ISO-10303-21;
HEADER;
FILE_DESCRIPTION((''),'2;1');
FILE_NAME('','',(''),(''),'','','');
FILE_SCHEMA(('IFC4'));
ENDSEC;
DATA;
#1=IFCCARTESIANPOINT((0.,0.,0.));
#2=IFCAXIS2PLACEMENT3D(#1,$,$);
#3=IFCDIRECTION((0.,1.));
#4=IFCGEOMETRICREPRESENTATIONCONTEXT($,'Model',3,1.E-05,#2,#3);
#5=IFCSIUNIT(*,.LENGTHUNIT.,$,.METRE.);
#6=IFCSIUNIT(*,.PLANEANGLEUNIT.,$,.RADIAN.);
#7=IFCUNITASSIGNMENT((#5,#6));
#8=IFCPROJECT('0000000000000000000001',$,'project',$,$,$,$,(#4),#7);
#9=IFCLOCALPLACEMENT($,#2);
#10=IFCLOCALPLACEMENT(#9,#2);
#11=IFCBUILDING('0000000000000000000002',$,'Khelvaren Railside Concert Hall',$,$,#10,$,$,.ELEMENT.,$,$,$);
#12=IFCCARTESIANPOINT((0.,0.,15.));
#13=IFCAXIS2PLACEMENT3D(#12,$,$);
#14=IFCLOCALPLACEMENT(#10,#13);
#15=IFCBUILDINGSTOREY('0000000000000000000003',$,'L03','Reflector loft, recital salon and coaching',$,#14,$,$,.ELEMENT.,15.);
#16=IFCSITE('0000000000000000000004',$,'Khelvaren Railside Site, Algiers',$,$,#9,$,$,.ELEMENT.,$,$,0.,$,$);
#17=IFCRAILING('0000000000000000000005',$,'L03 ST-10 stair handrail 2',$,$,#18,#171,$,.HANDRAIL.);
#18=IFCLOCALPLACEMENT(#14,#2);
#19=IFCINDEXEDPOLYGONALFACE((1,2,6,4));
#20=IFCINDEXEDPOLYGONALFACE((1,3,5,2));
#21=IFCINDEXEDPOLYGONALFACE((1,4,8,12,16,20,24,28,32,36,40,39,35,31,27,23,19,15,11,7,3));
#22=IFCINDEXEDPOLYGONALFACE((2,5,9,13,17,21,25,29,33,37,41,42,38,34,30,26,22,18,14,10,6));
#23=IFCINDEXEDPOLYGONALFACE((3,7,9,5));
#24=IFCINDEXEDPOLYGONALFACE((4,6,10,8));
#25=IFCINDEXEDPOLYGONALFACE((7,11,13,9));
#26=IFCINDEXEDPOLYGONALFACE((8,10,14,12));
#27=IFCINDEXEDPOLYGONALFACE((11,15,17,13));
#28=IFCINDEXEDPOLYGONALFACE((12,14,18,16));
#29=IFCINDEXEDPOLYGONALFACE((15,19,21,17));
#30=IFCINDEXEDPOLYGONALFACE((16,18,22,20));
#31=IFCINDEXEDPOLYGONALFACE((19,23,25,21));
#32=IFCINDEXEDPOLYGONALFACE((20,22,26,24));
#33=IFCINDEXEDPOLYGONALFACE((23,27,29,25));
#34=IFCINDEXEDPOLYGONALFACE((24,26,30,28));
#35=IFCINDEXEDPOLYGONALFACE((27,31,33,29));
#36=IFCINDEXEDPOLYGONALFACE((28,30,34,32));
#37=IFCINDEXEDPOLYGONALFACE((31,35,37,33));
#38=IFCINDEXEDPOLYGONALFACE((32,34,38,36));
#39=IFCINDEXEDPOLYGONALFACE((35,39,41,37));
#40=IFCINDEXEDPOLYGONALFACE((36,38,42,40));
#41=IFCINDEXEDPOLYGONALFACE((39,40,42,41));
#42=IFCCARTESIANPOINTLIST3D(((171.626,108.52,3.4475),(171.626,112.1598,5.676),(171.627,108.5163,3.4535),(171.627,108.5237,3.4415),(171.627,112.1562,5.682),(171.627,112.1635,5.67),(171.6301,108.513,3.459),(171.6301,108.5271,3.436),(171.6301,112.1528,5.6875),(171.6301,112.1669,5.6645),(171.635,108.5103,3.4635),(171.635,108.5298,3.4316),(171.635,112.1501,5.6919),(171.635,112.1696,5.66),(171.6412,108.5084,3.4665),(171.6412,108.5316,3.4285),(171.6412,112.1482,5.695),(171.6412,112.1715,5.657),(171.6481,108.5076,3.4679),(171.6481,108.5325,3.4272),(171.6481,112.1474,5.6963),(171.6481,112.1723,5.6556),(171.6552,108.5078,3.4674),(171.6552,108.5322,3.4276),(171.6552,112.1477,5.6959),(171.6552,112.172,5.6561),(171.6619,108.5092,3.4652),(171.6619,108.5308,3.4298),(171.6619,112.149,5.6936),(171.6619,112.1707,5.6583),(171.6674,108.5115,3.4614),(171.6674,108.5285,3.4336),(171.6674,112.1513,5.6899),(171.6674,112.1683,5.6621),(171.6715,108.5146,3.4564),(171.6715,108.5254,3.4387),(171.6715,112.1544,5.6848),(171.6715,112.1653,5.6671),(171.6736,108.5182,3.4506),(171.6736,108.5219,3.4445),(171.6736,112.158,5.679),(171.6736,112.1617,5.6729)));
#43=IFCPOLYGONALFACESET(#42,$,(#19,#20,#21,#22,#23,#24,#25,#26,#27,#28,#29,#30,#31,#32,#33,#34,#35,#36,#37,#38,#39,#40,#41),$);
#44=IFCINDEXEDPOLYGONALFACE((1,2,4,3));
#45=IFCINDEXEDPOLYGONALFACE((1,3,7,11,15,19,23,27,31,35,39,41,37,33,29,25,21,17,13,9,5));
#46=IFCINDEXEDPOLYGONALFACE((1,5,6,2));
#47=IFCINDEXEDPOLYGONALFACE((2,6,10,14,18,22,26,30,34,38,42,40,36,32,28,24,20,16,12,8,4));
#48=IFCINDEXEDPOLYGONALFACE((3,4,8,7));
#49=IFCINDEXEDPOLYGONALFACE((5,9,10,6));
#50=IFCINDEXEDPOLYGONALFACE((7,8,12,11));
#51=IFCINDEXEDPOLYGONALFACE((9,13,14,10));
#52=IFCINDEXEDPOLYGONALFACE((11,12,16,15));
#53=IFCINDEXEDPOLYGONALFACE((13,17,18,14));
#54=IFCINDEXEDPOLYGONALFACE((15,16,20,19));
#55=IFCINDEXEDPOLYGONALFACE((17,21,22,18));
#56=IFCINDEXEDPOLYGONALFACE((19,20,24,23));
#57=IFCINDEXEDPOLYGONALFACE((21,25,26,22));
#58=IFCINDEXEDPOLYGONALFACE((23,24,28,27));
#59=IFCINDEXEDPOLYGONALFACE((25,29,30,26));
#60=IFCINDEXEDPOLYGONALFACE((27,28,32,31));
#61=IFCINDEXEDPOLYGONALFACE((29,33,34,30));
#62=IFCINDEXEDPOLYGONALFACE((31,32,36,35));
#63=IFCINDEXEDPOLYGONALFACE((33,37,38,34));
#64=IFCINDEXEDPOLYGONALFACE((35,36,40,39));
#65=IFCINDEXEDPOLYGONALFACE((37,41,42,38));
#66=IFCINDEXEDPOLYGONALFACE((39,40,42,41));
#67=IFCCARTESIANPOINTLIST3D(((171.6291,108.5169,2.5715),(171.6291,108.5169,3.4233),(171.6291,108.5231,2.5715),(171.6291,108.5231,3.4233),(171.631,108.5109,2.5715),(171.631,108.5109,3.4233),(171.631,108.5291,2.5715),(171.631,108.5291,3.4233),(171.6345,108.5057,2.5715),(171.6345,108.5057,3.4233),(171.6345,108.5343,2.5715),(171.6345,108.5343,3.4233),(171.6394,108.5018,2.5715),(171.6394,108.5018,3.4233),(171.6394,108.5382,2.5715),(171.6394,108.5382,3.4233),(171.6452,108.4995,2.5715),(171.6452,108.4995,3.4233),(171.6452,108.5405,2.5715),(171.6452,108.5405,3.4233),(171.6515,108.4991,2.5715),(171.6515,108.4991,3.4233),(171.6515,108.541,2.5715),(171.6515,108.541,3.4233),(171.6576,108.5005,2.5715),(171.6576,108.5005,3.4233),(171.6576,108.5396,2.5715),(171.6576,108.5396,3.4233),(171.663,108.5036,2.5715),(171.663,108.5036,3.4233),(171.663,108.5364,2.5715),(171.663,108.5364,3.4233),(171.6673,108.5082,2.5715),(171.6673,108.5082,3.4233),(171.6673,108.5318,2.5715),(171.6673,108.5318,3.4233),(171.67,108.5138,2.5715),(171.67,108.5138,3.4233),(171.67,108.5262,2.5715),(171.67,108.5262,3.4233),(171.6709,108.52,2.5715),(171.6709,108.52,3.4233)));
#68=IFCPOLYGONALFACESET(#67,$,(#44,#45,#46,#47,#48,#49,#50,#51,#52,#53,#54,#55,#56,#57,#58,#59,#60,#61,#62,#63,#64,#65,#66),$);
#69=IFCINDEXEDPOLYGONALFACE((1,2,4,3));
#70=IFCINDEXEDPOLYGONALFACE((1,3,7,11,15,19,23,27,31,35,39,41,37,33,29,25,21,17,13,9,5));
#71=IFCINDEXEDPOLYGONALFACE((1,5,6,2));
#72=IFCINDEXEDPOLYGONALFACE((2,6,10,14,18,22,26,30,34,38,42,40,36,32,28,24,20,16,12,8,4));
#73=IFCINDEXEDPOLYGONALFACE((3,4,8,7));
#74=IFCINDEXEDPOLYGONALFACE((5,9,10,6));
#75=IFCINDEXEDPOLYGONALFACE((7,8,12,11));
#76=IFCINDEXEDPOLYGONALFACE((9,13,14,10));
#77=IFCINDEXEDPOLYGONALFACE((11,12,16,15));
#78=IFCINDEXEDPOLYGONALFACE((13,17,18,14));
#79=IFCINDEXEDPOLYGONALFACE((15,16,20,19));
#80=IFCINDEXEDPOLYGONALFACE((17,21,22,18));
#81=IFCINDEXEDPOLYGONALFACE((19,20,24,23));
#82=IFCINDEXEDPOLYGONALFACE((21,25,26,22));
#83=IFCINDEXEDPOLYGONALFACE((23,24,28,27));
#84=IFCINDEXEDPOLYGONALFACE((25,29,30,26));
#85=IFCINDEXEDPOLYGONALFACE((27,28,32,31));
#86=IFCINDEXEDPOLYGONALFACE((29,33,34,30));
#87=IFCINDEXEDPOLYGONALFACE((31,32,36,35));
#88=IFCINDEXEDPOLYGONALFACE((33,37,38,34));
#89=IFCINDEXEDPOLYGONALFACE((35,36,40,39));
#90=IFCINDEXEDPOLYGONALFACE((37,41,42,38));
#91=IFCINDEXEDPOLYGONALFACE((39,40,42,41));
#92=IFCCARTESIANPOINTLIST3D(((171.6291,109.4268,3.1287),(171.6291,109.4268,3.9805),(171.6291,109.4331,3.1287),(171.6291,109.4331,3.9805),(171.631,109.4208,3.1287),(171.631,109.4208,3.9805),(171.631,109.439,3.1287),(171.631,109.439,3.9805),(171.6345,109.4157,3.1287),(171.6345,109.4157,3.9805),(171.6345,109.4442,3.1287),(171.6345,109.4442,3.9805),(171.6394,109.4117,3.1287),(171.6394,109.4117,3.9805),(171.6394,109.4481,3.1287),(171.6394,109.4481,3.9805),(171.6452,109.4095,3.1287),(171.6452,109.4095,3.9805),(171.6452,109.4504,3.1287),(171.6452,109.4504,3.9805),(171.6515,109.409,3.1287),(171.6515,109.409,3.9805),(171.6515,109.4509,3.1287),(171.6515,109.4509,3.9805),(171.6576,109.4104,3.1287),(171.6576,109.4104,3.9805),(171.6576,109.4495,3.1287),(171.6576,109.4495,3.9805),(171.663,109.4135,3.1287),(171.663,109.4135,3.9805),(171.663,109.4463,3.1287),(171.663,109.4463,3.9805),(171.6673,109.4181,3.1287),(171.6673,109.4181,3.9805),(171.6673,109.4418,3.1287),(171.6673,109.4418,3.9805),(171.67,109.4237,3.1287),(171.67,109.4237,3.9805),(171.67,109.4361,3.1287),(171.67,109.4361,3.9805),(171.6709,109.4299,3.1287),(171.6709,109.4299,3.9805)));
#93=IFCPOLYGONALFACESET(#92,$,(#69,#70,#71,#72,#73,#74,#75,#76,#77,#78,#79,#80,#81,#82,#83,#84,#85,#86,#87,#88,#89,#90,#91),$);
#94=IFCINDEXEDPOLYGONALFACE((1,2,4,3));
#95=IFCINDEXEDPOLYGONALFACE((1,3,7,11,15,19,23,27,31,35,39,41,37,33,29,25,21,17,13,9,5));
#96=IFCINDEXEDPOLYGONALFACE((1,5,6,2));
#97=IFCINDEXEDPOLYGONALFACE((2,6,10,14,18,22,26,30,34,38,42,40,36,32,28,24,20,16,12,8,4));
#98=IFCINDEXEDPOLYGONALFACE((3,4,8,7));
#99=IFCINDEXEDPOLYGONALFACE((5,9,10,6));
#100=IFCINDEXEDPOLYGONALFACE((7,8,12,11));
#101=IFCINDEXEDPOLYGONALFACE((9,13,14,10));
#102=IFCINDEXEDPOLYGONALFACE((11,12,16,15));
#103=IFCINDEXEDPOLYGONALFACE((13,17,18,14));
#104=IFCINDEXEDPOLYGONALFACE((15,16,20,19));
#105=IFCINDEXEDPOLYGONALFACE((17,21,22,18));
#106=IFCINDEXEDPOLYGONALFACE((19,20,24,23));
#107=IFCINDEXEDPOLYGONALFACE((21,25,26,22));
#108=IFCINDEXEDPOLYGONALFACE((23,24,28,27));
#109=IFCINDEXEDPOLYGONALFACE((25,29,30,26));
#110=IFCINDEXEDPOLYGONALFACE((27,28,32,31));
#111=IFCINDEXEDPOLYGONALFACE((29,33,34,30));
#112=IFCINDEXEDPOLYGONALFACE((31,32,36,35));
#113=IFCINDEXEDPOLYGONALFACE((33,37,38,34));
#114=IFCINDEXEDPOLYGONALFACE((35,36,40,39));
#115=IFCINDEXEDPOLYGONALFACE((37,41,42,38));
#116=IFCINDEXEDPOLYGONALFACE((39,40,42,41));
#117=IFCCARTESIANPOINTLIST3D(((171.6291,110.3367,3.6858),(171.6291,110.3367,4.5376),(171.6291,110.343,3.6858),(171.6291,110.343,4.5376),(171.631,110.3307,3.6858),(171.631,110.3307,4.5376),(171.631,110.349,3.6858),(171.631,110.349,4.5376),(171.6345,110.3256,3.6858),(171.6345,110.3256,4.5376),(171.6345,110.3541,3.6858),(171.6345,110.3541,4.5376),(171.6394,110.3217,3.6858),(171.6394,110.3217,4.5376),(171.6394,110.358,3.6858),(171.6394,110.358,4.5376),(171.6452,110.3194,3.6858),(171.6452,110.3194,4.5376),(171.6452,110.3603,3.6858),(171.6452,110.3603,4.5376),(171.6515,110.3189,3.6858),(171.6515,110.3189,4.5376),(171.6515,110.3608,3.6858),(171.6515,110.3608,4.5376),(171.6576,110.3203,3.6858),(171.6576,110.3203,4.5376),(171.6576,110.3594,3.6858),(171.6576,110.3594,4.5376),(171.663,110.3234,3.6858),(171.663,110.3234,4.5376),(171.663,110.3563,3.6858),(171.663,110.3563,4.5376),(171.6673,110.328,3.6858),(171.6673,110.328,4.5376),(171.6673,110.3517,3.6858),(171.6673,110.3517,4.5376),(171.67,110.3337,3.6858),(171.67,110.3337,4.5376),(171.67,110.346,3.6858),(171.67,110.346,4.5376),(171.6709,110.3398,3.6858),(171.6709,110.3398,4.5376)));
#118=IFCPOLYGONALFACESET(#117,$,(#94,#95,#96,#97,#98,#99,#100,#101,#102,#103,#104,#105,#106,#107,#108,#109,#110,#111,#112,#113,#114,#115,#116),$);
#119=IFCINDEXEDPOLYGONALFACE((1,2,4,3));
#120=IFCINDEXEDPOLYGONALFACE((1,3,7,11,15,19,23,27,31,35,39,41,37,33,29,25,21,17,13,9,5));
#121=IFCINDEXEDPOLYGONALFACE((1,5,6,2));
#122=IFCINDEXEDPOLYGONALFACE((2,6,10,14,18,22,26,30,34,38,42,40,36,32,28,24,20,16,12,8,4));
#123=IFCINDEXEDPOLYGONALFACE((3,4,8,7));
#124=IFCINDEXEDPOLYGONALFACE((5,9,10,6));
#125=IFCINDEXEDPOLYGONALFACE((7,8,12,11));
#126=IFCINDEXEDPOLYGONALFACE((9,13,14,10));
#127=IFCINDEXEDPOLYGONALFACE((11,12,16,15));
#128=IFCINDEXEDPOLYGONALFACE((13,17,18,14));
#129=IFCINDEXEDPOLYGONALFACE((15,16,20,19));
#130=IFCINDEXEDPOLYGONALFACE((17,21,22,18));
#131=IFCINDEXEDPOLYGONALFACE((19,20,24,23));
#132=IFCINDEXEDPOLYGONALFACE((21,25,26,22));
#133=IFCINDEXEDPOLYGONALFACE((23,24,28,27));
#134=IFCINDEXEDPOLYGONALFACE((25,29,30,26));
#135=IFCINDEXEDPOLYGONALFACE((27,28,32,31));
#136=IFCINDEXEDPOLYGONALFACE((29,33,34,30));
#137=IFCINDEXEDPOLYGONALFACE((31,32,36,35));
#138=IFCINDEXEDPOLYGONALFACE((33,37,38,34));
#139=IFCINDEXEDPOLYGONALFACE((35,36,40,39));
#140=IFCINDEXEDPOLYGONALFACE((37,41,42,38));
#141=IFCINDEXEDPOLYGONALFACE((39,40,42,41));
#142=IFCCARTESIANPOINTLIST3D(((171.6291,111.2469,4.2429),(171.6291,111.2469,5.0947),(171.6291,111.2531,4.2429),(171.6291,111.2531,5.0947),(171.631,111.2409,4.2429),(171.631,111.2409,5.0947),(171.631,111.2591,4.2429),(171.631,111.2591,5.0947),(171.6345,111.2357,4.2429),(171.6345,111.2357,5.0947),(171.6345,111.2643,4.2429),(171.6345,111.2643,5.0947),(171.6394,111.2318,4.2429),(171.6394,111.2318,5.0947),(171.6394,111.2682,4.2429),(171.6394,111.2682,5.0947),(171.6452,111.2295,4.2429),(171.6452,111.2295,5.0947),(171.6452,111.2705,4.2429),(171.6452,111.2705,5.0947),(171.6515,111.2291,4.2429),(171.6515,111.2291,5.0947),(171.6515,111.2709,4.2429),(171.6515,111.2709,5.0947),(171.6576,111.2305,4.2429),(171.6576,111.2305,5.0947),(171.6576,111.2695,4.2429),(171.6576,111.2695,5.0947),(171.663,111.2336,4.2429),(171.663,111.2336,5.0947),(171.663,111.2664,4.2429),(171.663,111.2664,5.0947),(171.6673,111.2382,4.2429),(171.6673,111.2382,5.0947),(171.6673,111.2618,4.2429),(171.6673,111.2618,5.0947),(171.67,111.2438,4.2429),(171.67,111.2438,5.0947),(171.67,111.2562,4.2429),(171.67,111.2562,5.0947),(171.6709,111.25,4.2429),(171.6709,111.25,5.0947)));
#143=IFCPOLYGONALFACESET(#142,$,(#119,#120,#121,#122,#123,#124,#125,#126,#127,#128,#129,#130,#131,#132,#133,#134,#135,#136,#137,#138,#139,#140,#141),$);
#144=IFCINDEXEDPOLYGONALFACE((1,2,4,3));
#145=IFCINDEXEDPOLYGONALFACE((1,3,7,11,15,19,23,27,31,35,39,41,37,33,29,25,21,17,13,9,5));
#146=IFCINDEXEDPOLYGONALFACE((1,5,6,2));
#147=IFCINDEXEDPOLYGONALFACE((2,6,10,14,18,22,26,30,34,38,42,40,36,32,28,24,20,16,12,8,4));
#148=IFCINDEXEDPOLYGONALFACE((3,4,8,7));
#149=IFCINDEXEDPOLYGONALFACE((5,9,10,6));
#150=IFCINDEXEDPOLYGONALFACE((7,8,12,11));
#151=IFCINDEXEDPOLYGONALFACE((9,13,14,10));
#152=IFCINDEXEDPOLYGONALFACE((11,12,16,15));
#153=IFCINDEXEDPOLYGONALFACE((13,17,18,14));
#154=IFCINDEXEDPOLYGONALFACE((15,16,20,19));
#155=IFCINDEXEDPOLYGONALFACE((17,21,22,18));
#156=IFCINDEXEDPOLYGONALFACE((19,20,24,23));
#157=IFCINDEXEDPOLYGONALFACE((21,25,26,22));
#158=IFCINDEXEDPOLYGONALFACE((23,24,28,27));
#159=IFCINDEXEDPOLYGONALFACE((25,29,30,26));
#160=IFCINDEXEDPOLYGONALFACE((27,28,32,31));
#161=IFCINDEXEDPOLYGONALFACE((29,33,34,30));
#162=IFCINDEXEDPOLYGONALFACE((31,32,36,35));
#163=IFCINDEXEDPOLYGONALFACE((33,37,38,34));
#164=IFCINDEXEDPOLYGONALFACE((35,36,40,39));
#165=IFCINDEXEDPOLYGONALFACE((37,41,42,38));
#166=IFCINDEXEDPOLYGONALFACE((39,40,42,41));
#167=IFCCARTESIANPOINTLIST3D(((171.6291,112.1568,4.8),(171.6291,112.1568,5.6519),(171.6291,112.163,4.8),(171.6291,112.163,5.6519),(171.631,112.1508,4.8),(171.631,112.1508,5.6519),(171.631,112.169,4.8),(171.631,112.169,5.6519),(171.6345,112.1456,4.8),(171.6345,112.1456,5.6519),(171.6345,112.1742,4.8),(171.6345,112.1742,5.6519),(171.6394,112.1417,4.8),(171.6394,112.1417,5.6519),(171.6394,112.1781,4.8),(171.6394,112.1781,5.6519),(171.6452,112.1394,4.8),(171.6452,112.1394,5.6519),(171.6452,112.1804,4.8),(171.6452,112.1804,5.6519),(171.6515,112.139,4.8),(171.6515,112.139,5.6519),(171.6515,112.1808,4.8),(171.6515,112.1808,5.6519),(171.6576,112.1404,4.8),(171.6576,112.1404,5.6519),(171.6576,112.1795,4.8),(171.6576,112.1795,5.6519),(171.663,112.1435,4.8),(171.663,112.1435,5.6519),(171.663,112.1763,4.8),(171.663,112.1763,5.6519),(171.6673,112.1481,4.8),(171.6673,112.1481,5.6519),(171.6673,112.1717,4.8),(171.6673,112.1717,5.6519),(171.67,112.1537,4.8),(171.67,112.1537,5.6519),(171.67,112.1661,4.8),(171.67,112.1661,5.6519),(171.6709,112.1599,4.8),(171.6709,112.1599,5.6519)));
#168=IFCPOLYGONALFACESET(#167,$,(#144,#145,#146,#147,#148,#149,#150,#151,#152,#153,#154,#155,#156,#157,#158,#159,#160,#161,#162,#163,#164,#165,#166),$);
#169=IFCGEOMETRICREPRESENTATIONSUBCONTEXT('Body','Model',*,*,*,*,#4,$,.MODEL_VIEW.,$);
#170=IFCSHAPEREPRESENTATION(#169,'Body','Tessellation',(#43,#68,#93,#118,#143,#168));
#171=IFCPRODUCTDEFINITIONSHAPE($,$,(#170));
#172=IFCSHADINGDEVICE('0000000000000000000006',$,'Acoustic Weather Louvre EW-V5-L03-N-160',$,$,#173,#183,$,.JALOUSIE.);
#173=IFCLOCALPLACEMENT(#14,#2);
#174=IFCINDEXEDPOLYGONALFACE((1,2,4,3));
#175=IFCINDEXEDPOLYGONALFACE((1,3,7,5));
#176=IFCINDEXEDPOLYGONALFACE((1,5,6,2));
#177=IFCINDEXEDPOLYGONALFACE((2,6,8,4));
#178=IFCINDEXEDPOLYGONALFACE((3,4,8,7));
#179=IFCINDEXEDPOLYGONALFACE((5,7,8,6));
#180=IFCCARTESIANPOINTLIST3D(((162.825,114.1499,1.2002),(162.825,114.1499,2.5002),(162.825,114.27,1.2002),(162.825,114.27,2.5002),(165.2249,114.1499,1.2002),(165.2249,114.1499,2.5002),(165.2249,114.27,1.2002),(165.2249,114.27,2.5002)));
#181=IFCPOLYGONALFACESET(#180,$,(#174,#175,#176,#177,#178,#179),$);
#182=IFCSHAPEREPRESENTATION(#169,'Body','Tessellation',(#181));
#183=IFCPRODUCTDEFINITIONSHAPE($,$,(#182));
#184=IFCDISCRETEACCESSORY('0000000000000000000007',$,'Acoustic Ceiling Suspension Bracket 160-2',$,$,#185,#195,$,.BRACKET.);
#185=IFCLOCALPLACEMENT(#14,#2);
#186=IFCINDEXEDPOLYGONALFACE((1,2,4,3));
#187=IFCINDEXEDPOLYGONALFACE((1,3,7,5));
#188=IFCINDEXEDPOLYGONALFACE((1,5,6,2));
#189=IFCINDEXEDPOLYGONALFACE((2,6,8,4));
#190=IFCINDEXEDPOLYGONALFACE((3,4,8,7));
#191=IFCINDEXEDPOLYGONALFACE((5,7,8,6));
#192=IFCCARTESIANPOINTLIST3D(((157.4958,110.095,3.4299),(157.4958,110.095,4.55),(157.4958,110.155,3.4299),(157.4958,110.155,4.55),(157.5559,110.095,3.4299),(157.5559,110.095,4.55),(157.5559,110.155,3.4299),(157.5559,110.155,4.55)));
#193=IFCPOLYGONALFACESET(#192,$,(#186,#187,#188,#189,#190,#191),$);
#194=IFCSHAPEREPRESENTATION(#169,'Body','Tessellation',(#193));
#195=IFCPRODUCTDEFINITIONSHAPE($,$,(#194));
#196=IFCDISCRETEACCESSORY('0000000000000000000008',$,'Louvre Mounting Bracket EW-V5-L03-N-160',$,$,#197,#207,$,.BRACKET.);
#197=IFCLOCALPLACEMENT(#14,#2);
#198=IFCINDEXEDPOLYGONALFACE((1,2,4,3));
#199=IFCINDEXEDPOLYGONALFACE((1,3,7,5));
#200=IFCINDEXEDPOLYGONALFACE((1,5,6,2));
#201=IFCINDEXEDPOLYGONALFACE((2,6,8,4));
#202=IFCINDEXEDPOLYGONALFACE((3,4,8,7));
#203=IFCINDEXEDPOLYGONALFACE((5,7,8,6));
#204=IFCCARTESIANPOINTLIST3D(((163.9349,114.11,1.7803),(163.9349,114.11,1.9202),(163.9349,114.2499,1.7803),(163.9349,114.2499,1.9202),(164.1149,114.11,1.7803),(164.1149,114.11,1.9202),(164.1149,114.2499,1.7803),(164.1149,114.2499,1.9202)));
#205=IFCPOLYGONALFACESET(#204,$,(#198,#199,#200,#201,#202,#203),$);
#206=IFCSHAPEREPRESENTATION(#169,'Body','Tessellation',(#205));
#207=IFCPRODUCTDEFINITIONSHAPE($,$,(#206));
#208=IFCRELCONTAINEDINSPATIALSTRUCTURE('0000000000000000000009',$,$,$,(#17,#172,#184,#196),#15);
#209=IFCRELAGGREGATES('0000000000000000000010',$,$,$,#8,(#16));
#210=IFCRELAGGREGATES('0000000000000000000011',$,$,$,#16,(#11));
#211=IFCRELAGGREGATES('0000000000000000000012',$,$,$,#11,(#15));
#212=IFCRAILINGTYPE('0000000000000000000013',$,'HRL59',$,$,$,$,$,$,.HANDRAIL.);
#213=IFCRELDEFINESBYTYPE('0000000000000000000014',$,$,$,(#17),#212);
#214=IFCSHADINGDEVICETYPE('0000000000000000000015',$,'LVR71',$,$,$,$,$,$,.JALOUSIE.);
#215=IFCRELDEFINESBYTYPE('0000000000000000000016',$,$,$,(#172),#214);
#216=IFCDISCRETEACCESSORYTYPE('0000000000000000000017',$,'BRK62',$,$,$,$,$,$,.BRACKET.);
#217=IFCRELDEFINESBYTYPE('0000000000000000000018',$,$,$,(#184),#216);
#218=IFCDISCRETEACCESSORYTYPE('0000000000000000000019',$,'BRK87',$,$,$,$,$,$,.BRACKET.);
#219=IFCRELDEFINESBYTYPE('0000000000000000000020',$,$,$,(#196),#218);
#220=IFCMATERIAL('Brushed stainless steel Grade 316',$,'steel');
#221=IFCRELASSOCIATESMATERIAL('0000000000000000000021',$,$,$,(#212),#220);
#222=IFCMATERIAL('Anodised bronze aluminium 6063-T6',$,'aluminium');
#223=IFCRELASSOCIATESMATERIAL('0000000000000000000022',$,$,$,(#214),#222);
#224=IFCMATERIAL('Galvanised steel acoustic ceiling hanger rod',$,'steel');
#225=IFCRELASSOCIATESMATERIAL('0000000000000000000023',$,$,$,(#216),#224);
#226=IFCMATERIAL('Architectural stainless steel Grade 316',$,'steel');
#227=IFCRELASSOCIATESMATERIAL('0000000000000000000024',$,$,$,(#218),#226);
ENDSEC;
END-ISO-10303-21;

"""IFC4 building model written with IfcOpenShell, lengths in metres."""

from ifc_helpers import new_model, si_unit, direction, frame, origin, origin_2d, place, context, subcontext, project, spatial, rectangle, circle, extrude, material, type_object, element, save


model = new_model("IFC4")

# Units and contexts
model_context = context("Model", 3, precision=1e-05, world=origin(), true_north=direction((0.0, 1.0)))
body_context = subcontext(model_context, "Body", "Model", "MODEL_VIEW")
ifc_project = project(units=[si_unit("LENGTHUNIT", "METRE"), si_unit("PLANEANGLEUNIT", "RADIAN")], contexts=[model_context])

# Site, building, storey
site_placement = place(None, origin())
site = spatial("IfcSite", under=ifc_project, at=site_placement, Name="Khelvaren Railside Site, Algiers", CompositionType="ELEMENT", RefElevation=0.0)
building_placement = place(site_placement, origin())
building = spatial("IfcBuilding", under=site, at=building_placement, Name="Khelvaren Railside Concert Hall", CompositionType="ELEMENT")
storey_placement = place(building_placement, frame((0.0, 0.0, 15.0)))
storey = spatial("IfcBuildingStorey", under=building, at=storey_placement, Name="L03", Description="Reflector loft, recital salon and coaching", CompositionType="ELEMENT", Elevation=15.0)

# Railing
ifc_material_1 = material(Name="Brushed stainless steel Grade 316", Category="steel")
railing_type_1 = type_object("IfcRailingType", Name="HRL59", PredefinedType="HANDRAIL", material=ifc_material_1)
railing_1_placement = place(storey_placement, frame((171.6499, 108.52, 2.5715)))
element("IfcRailing", 1, at=railing_1_placement, inside=storey, type_object=railing_type_1, Name="L03 ST-10 stair handrail 2", PredefinedType="HANDRAIL", context=body_context, shape_type="SweptSolid", body=[
    extrude(circle(Radius=0.0239, at=origin_2d()), frame((0.0, 0.0, 0.876), z_axis=(0.0, 0.85285, 0.522156), x_axis=(-1.0, 0.0, 0.0)), (0.0, 0.0, 1.0), 4.2678),
    extrude(circle(Radius=0.021, at=origin_2d()), origin(), (0.0, 0.0, 1.0), 0.8518),
    extrude(circle(Radius=0.021, at=origin_2d()), frame((0.0, 0.9099, 0.5571)), (0.0, 0.0, 1.0), 0.8518),
    extrude(circle(Radius=0.021, at=origin_2d()), frame((0.0, 1.8198, 1.1143)), (0.0, 0.0, 1.0), 0.8518),
    extrude(circle(Radius=0.021, at=origin_2d()), frame((0.0, 2.73, 1.6714)), (0.0, 0.0, 1.0), 0.8518),
    extrude(circle(Radius=0.021, at=origin_2d()), frame((0.0, 3.6399, 2.2285)), (0.0, 0.0, 1.0), 0.8518),
])

# Shading device
ifc_material_2 = material(Name="Anodised bronze aluminium 6063-T6", Category="aluminium")
shading_device_type = type_object("IfcShadingDeviceType", Name="LVR71", PredefinedType="JALOUSIE", material=ifc_material_2)
shading_device_placement = place(storey_placement, frame((164.0249, 114.21, 1.2002), z_axis=(0.0, 0.0, 1.0), x_axis=(1.0, 0.0, 0.0)))
element("IfcShadingDevice", 2, at=shading_device_placement, inside=storey, type_object=shading_device_type, Name="Acoustic Weather Louvre EW-V5-L03-N-160", PredefinedType="JALOUSIE", context=body_context, shape_type="SweptSolid", body=[
    extrude(rectangle(XDim=2.3999, YDim=0.1201, at=origin_2d()), origin(), (0.0, 0.0, 1.0), 1.3),
])

# Discrete accessories
ifc_material_3 = material(Name="Galvanised steel acoustic ceiling hanger rod", Category="steel")
discrete_accessory_type_1 = type_object("IfcDiscreteAccessoryType", Name="BRK62", PredefinedType="BRACKET", material=ifc_material_3)
discrete_accessory_1_placement = place(storey_placement, frame((157.5259, 110.125, 3.4299), z_axis=(0.0, 0.0, 1.0), x_axis=(1.0, 0.0, 0.0)))
element("IfcDiscreteAccessory", 3, at=discrete_accessory_1_placement, inside=storey, type_object=discrete_accessory_type_1, Name="Acoustic Ceiling Suspension Bracket 160-2", PredefinedType="BRACKET", context=body_context, shape_type="SweptSolid", body=[
    extrude(rectangle(XDim=0.0601, YDim=0.0601, at=origin_2d()), origin(), (0.0, 0.0, 1.0), 1.1201),
])
ifc_material_4 = material(Name="Architectural stainless steel Grade 316", Category="steel")
discrete_accessory_type_2 = type_object("IfcDiscreteAccessoryType", Name="BRK87", PredefinedType="BRACKET", material=ifc_material_4)
discrete_accessory_2_placement = place(storey_placement, frame((164.0249, 114.1799, 1.7803), z_axis=(0.0, 0.0, 1.0), x_axis=(1.0, 0.0, 0.0)))
element("IfcDiscreteAccessory", 4, at=discrete_accessory_2_placement, inside=storey, type_object=discrete_accessory_type_2, Name="Louvre Mounting Bracket EW-V5-L03-N-160", PredefinedType="BRACKET", context=body_context, shape_type="SweptSolid", body=[
    extrude(rectangle(XDim=0.1799, YDim=0.1399, at=origin_2d()), origin(), (0.0, 0.0, 1.0), 0.1399),
])

save(model, "model.ifc")
